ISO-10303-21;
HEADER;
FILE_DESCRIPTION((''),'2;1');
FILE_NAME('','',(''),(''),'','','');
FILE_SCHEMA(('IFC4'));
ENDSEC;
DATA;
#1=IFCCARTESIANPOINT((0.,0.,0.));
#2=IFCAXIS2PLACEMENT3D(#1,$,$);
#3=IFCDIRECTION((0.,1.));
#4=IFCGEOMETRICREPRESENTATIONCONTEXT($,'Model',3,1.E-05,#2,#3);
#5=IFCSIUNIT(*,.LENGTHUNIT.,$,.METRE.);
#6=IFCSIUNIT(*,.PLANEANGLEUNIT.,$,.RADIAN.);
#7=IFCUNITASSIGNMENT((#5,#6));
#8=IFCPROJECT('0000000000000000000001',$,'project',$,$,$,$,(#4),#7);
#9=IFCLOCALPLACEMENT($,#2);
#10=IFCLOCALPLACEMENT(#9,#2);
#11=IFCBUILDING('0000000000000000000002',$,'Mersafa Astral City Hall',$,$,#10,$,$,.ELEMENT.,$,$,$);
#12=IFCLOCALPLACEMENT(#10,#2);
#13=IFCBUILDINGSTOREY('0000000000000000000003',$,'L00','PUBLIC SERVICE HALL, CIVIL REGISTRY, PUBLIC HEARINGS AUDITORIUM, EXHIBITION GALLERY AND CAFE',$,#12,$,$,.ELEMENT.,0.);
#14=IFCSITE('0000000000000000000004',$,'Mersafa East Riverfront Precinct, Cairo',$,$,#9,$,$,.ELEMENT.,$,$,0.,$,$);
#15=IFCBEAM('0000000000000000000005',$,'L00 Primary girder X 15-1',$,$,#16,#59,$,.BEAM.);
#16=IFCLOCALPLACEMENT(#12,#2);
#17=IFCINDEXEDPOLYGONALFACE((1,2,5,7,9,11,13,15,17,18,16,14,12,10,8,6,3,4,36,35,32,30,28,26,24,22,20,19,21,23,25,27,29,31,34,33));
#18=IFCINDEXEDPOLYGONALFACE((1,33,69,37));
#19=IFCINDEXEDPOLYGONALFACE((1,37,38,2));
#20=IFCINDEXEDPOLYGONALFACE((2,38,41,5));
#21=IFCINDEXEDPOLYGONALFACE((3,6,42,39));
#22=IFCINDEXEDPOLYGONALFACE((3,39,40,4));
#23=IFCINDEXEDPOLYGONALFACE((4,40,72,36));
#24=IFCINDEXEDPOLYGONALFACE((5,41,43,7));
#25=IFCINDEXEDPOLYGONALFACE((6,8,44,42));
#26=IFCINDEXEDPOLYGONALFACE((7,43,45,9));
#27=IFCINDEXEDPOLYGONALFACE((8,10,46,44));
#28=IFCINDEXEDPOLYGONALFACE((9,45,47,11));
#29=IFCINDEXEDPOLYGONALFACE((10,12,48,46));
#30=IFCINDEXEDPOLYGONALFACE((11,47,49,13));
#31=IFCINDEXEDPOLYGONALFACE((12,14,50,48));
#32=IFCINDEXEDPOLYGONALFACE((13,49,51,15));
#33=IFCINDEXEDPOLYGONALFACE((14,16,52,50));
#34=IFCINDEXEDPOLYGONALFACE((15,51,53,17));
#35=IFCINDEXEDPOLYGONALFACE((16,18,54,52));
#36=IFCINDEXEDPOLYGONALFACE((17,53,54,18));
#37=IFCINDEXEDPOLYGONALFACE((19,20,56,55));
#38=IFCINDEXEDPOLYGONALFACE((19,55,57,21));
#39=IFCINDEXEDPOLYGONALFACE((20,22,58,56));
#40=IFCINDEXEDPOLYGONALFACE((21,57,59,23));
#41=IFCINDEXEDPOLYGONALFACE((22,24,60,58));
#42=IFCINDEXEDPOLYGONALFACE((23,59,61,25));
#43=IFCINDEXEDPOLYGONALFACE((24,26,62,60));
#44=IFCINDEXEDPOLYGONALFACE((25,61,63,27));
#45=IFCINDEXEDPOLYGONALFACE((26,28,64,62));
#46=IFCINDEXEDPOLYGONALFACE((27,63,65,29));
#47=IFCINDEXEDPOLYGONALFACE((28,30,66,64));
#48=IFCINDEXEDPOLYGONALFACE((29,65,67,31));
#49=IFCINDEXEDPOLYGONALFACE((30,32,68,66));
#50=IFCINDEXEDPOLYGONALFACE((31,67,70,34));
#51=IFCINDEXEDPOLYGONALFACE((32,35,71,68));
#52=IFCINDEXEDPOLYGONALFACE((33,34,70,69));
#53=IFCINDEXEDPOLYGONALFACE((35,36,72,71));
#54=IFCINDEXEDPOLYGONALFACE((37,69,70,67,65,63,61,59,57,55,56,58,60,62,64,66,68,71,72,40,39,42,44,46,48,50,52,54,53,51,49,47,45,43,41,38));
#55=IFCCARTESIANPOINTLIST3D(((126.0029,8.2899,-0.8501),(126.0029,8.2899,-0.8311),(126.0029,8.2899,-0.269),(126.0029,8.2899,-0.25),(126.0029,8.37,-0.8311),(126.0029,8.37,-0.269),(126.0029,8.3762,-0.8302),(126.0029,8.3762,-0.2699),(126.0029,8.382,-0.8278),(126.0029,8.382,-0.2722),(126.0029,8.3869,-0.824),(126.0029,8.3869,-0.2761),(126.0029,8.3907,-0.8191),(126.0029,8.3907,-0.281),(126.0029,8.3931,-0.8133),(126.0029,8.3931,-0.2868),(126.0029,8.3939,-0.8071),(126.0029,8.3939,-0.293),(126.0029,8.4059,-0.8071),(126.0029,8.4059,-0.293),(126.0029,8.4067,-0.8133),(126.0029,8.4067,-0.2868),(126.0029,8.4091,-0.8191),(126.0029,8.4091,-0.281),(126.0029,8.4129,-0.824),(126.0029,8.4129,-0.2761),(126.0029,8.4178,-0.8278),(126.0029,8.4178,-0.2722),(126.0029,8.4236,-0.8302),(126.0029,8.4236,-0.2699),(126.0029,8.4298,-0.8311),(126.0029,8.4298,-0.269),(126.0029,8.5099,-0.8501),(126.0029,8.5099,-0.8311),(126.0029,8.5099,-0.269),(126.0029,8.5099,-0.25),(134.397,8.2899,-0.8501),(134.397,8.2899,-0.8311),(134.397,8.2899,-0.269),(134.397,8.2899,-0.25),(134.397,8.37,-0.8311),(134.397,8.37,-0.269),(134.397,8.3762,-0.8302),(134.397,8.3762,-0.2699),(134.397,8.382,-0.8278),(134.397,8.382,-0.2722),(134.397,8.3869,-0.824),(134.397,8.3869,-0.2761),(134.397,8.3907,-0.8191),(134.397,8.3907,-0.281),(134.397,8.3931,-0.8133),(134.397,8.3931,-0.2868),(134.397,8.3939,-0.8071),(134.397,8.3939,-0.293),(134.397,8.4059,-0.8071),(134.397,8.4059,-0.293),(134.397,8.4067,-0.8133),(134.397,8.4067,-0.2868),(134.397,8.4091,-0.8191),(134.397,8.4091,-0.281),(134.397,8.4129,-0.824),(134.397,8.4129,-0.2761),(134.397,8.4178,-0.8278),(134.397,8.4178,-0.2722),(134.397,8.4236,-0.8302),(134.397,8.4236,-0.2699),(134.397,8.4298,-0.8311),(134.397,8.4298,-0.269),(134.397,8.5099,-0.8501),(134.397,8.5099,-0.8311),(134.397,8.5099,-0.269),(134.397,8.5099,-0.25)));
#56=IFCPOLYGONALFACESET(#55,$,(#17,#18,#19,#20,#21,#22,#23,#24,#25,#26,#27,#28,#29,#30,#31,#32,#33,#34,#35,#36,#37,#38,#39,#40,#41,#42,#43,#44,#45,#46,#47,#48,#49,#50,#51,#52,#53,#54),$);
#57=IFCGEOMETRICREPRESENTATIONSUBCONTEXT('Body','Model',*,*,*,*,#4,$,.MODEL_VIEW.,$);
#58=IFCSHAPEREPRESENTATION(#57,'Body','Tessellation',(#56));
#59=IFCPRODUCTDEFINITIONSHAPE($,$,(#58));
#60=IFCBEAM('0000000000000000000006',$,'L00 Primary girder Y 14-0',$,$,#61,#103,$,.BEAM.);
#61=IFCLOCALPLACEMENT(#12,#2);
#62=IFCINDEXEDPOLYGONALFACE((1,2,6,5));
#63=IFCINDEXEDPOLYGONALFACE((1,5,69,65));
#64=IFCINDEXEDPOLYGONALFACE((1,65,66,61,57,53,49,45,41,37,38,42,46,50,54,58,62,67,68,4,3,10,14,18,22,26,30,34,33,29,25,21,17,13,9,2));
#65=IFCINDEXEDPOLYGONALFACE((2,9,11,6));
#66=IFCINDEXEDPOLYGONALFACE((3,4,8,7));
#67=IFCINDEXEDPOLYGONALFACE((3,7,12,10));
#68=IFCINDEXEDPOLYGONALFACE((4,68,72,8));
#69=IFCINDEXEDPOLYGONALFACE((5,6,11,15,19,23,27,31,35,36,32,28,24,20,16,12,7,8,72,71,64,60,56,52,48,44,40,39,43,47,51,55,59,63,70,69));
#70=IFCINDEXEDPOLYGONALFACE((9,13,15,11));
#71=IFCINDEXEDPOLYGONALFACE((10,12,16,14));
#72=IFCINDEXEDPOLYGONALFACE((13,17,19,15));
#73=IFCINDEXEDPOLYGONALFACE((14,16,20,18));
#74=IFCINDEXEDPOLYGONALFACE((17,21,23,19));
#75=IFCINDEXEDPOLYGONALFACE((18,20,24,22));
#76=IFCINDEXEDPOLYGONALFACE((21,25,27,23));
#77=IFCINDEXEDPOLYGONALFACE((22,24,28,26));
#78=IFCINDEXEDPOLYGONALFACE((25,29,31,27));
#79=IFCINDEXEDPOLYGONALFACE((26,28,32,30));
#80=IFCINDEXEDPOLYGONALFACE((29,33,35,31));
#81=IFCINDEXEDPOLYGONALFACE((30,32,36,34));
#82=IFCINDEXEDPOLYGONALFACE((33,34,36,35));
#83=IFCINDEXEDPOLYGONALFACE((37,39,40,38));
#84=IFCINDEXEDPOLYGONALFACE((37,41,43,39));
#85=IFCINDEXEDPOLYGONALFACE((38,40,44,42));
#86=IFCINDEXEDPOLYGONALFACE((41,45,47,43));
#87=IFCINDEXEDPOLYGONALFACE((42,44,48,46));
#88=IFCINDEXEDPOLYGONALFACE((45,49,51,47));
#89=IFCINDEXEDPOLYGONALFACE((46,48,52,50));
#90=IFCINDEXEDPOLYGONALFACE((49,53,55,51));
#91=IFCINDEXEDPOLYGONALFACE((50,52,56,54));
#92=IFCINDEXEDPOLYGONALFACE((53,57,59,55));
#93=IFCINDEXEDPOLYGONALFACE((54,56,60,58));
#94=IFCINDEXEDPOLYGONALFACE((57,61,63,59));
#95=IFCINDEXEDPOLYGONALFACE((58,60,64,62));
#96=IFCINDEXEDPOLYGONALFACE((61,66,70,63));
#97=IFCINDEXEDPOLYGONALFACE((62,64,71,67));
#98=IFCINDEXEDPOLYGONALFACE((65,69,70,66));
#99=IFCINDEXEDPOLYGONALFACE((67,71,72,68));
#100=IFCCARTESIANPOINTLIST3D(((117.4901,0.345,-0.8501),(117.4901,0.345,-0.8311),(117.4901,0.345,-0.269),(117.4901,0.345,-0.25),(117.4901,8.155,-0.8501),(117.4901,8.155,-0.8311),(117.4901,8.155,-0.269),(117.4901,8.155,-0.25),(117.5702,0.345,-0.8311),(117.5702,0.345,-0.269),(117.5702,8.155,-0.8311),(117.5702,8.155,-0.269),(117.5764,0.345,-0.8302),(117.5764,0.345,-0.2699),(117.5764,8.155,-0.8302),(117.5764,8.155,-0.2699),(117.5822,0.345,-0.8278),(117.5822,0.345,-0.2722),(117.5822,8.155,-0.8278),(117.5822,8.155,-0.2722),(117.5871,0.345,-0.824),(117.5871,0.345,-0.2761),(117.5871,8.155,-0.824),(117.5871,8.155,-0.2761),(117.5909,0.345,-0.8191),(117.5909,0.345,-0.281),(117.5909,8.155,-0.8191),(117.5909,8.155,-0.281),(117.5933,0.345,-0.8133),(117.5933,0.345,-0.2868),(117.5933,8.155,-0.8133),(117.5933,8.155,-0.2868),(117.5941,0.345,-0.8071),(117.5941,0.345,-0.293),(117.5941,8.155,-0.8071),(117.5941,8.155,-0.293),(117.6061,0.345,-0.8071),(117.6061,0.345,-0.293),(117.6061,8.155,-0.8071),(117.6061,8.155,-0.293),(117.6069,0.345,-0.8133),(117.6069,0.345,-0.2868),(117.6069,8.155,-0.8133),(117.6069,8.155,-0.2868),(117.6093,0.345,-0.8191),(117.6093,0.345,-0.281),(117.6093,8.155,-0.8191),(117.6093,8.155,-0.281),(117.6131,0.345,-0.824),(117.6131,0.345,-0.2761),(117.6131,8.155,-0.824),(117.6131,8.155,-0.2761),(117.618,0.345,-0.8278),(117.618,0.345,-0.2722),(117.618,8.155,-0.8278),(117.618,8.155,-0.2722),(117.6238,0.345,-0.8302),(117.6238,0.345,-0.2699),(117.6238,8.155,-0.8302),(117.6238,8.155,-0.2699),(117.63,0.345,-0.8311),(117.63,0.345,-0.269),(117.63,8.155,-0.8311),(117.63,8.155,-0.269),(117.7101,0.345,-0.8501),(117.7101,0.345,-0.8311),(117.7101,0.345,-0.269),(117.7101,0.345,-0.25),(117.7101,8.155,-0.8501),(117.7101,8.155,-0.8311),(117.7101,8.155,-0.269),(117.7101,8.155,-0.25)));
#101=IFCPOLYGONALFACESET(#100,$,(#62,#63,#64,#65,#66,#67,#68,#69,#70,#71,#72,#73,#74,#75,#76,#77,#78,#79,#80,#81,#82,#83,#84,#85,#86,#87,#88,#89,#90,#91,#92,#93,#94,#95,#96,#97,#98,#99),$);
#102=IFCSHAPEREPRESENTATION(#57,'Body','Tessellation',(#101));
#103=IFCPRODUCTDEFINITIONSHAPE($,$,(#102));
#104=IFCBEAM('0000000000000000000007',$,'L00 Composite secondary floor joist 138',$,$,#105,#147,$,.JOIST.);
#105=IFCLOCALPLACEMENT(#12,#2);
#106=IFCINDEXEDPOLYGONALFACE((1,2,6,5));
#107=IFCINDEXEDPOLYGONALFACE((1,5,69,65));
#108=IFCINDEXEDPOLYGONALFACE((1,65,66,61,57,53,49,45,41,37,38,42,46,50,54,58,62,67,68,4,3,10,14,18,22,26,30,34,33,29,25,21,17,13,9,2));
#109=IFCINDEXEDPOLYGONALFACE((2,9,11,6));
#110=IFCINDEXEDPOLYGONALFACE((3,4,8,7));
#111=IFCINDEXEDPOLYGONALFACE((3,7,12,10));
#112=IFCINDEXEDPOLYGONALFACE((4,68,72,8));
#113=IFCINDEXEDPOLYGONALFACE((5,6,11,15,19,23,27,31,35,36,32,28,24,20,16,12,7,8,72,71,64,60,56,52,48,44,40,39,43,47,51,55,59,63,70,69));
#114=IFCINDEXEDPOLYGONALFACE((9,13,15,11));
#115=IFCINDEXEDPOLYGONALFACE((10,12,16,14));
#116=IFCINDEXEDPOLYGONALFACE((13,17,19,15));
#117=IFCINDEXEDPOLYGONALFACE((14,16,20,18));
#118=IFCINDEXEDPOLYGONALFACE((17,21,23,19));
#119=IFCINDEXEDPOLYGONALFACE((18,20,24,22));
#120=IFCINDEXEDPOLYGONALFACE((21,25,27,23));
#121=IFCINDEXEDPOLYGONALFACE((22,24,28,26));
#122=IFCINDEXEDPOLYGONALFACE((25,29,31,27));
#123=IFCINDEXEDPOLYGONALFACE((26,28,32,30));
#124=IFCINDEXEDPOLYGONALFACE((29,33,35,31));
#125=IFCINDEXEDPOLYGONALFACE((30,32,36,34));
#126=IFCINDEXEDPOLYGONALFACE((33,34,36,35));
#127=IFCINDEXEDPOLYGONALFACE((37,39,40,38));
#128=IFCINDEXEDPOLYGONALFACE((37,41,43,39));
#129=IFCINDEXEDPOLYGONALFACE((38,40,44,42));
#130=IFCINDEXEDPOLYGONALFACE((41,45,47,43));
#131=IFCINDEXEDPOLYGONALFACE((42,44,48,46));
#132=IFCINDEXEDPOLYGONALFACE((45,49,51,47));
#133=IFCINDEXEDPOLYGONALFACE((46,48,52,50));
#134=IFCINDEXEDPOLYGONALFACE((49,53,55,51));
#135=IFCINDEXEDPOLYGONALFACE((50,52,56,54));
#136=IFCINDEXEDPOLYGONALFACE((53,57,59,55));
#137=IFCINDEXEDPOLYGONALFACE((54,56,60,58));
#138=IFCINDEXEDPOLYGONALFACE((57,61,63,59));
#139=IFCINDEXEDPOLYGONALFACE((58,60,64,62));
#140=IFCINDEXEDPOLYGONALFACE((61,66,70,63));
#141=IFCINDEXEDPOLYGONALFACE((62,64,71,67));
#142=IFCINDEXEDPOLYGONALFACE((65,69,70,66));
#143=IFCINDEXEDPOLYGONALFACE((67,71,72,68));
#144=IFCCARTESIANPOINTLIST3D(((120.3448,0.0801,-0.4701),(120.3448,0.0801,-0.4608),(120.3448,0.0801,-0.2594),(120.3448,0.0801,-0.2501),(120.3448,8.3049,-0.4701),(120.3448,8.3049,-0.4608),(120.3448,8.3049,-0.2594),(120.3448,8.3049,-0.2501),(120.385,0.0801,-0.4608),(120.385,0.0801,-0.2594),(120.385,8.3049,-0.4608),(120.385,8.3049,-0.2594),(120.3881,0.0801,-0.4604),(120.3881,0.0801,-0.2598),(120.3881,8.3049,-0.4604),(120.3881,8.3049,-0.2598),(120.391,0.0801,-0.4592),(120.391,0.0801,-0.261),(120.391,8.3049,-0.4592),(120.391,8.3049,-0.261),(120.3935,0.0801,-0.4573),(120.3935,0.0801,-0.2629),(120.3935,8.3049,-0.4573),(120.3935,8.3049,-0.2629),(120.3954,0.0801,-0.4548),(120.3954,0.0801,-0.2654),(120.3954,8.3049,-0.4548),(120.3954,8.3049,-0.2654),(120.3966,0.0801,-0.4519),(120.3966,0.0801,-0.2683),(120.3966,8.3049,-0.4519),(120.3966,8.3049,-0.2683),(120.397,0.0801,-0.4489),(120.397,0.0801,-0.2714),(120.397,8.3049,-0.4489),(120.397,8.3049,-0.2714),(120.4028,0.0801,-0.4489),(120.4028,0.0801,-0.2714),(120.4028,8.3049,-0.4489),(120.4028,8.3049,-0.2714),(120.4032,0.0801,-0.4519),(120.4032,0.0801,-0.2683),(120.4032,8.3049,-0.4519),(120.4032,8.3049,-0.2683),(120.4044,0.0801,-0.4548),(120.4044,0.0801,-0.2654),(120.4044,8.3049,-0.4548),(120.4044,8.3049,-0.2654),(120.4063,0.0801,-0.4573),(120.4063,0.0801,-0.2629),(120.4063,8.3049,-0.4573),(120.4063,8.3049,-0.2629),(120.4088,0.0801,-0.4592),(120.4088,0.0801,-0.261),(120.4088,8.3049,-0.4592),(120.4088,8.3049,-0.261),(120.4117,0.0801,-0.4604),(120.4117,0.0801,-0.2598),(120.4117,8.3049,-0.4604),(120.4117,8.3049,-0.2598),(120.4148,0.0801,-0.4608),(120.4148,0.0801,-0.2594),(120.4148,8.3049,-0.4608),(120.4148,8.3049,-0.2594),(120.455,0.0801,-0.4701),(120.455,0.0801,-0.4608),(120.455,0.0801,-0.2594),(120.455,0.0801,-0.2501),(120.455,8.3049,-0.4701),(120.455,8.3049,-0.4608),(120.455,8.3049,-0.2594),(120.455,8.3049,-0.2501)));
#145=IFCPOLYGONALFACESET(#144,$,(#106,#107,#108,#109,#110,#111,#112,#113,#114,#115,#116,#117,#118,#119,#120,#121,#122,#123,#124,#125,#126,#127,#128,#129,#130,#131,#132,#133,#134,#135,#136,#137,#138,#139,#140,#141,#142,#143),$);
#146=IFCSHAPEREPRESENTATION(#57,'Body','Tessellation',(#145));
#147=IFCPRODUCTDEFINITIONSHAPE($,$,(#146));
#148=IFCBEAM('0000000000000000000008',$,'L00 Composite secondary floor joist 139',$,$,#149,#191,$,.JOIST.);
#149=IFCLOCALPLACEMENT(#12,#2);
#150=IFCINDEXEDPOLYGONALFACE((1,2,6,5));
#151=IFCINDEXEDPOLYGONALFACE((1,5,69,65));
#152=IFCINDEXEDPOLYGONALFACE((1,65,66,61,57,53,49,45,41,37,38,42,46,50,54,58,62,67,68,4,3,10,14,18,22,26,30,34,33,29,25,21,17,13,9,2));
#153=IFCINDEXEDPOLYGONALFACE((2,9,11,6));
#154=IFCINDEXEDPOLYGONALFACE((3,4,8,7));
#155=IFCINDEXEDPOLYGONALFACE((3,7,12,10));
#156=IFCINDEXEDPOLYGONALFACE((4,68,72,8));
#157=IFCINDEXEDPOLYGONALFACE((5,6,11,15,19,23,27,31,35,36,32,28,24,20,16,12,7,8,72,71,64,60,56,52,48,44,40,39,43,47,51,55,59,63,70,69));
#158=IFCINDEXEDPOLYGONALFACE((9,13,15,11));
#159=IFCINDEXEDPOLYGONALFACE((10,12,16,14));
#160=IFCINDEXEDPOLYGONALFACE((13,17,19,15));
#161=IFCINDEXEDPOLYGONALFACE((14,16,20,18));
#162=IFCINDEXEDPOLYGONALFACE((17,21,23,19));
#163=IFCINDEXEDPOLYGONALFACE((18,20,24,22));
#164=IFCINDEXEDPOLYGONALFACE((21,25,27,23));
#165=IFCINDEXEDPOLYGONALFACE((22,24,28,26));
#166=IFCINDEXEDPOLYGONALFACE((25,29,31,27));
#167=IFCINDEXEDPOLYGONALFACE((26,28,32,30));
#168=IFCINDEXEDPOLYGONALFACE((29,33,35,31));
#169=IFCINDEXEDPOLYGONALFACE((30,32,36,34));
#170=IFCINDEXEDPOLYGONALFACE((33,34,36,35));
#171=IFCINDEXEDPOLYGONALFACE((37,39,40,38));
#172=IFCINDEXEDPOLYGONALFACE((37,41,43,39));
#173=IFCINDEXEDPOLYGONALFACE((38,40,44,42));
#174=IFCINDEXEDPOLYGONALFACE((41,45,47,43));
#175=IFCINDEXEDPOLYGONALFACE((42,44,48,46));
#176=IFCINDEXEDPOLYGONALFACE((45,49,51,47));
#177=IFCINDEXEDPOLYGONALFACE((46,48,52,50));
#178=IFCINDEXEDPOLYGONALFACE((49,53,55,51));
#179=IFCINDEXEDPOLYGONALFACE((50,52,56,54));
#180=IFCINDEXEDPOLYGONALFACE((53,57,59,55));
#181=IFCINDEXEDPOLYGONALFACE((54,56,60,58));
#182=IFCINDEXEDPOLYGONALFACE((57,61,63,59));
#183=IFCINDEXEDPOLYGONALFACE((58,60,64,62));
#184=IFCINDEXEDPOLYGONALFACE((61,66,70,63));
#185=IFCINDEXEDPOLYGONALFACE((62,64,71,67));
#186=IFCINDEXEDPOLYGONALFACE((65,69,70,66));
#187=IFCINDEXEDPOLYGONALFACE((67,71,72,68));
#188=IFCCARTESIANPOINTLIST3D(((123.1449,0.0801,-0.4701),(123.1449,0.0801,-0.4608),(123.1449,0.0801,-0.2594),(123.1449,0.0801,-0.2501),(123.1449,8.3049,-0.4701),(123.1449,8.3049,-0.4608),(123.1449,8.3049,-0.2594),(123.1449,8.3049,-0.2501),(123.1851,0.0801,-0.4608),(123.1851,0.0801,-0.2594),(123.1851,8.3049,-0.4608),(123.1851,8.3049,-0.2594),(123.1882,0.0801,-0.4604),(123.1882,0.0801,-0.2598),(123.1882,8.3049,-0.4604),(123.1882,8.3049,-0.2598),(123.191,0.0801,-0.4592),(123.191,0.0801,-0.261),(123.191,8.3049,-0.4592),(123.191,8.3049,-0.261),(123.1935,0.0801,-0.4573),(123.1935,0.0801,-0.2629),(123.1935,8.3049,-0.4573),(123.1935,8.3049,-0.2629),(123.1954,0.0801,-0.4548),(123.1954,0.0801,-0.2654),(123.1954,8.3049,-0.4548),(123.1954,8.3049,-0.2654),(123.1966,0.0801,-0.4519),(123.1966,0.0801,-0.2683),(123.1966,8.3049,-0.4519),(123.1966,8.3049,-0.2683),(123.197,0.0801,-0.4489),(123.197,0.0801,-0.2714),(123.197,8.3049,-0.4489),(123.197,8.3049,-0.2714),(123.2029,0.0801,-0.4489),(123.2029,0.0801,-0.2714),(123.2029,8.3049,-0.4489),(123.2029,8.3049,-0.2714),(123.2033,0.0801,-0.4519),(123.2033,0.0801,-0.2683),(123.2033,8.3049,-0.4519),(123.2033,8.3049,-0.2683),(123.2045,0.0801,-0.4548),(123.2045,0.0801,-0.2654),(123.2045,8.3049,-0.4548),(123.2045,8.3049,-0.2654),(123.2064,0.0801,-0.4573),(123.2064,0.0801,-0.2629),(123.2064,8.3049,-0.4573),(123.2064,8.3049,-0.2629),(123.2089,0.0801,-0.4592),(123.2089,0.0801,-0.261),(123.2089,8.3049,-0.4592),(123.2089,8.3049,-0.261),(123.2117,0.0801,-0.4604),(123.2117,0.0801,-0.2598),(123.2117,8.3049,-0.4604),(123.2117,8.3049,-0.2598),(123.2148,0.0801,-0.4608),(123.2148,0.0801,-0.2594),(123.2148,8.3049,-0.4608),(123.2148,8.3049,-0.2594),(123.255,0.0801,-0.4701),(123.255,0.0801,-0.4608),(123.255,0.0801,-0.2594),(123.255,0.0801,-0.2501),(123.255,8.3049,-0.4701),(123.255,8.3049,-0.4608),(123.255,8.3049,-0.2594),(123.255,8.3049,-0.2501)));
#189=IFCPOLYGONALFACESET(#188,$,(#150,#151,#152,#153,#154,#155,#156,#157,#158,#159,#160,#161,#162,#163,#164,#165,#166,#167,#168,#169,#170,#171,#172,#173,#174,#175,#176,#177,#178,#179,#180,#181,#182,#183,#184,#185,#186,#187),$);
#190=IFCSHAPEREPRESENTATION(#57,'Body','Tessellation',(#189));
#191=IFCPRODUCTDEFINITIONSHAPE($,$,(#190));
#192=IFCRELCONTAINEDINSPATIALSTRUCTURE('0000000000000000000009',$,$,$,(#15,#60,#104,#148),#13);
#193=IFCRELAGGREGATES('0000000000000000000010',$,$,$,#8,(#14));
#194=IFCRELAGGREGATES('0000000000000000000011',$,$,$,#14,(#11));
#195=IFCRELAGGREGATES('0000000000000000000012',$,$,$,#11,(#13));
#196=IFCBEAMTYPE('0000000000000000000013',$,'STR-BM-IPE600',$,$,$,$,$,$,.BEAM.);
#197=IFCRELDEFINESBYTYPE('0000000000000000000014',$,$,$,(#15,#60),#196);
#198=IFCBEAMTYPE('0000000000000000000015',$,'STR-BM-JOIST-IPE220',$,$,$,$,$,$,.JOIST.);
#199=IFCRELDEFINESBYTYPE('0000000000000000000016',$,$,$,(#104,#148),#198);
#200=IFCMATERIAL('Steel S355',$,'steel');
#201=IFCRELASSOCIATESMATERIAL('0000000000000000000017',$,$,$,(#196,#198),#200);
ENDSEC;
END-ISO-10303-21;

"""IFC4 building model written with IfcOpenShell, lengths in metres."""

from ifc_helpers import new_model, si_unit, direction, frame, origin, origin_2d, place, context, subcontext, project, spatial, i_section, extrude, material, material_profile, profile_set, type_object, element, save


model = new_model("IFC4")

# Units and contexts
model_context = context("Model", 3, precision=1e-05, world=origin(), true_north=direction((0.0, 1.0)))
body_context = subcontext(model_context, "Body", "Model", "MODEL_VIEW")
ifc_project = project(units=[si_unit("LENGTHUNIT", "METRE"), si_unit("PLANEANGLEUNIT", "RADIAN")], contexts=[model_context])

# Site, building, storey
site_placement = place(None, origin())
site = spatial("IfcSite", under=ifc_project, at=site_placement, Name="Mersafa East Riverfront Precinct, Cairo", CompositionType="ELEMENT", RefElevation=0.0)
building_placement = place(site_placement, origin())
building = spatial("IfcBuilding", under=site, at=building_placement, Name="Mersafa Astral City Hall", CompositionType="ELEMENT")
storey_placement = place(building_placement, origin())
storey = spatial("IfcBuildingStorey", under=building, at=storey_placement, Name="L00", Description="PUBLIC SERVICE HALL, CIVIL REGISTRY, PUBLIC HEARINGS AUDITORIUM, EXHIBITION GALLERY AND CAFE", CompositionType="ELEMENT", Elevation=0.0)

# Shared definitions
ifc_material_1 = material(Name="Steel S355", Category="steel")

# Beams
ifc_material_profile_1 = material_profile(ifc_material_1, i_section(OverallWidth=0.22, OverallDepth=0.6001, WebThickness=0.012, FlangeThickness=0.019, FilletRadius=0.0239, at=origin_2d()), Name="IPE 600")
ifc_profile_set_1 = profile_set([ifc_material_profile_1], Name="Steel S355")
beam_type_1 = type_object("IfcBeamType", Name="STR-BM-IPE600", PredefinedType="BEAM", material=ifc_profile_set_1)
beam_1_placement = place(storey_placement, frame((126.0029, 8.3999, -0.55), z_axis=(1.0, 0.0, 0.0), x_axis=(0.0, 1.0, 0.0)))
element("IfcBeam", 1, at=beam_1_placement, inside=storey, type_object=beam_type_1, Name="L00 Primary girder X 15-1", PredefinedType="BEAM", context=body_context, shape_type="SweptSolid", body=[
    extrude(i_section(OverallWidth=0.22, OverallDepth=0.6001, WebThickness=0.012, FlangeThickness=0.019, FilletRadius=0.0239, at=origin_2d()), origin(), (0.0, 0.0, 1.0), 8.394),
])
beam_2_placement = place(storey_placement, frame((117.6001, 0.345, -0.55), z_axis=(0.0, 1.0, 0.0), x_axis=(-1.0, 0.0, 0.0)))
element("IfcBeam", 2, at=beam_2_placement, inside=storey, type_object=beam_type_1, Name="L00 Primary girder Y 14-0", PredefinedType="BEAM", context=body_context, shape_type="SweptSolid", body=[
    extrude(i_section(OverallWidth=0.22, OverallDepth=0.6001, WebThickness=0.012, FlangeThickness=0.019, FilletRadius=0.0239, at=origin_2d()), origin(), (0.0, 0.0, 1.0), 7.8101),
])
ifc_material_profile_2 = material_profile(ifc_material_1, i_section(OverallWidth=0.1101, OverallDepth=0.22, WebThickness=0.0059, FlangeThickness=0.0093, FilletRadius=0.012, at=origin_2d()), Name="IPE 220")
ifc_profile_set_2 = profile_set([ifc_material_profile_2], Name="Steel S355")
beam_type_2 = type_object("IfcBeamType", Name="STR-BM-JOIST-IPE220", PredefinedType="JOIST", material=ifc_profile_set_2)
for number, where, z_axis, x_axis, name in (
    (3, (120.3999, 0.0801, -0.3601), (0.0, 1.0, 0.0), (-1.0, 0.0, 0.0), "L00 Composite secondary floor joist 138"),
    (4, (123.2, 0.0801, -0.3601), (0.0, 1.0, 0.0), (-1.0, 0.0, 0.0), "L00 Composite secondary floor joist 139"),
):
    element("IfcBeam", number, at=place(storey_placement, frame(where, z_axis=z_axis, x_axis=x_axis)), inside=storey, type_object=beam_type_2, Name=name, PredefinedType="JOIST", context=body_context, shape_type="SweptSolid", body=[
        extrude(i_section(OverallWidth=0.1101, OverallDepth=0.22, WebThickness=0.0059, FlangeThickness=0.0093, FilletRadius=0.012, at=origin_2d()), origin(), (0.0, 0.0, 1.0), 8.2249),
    ])

save(model, "model.ifc")
